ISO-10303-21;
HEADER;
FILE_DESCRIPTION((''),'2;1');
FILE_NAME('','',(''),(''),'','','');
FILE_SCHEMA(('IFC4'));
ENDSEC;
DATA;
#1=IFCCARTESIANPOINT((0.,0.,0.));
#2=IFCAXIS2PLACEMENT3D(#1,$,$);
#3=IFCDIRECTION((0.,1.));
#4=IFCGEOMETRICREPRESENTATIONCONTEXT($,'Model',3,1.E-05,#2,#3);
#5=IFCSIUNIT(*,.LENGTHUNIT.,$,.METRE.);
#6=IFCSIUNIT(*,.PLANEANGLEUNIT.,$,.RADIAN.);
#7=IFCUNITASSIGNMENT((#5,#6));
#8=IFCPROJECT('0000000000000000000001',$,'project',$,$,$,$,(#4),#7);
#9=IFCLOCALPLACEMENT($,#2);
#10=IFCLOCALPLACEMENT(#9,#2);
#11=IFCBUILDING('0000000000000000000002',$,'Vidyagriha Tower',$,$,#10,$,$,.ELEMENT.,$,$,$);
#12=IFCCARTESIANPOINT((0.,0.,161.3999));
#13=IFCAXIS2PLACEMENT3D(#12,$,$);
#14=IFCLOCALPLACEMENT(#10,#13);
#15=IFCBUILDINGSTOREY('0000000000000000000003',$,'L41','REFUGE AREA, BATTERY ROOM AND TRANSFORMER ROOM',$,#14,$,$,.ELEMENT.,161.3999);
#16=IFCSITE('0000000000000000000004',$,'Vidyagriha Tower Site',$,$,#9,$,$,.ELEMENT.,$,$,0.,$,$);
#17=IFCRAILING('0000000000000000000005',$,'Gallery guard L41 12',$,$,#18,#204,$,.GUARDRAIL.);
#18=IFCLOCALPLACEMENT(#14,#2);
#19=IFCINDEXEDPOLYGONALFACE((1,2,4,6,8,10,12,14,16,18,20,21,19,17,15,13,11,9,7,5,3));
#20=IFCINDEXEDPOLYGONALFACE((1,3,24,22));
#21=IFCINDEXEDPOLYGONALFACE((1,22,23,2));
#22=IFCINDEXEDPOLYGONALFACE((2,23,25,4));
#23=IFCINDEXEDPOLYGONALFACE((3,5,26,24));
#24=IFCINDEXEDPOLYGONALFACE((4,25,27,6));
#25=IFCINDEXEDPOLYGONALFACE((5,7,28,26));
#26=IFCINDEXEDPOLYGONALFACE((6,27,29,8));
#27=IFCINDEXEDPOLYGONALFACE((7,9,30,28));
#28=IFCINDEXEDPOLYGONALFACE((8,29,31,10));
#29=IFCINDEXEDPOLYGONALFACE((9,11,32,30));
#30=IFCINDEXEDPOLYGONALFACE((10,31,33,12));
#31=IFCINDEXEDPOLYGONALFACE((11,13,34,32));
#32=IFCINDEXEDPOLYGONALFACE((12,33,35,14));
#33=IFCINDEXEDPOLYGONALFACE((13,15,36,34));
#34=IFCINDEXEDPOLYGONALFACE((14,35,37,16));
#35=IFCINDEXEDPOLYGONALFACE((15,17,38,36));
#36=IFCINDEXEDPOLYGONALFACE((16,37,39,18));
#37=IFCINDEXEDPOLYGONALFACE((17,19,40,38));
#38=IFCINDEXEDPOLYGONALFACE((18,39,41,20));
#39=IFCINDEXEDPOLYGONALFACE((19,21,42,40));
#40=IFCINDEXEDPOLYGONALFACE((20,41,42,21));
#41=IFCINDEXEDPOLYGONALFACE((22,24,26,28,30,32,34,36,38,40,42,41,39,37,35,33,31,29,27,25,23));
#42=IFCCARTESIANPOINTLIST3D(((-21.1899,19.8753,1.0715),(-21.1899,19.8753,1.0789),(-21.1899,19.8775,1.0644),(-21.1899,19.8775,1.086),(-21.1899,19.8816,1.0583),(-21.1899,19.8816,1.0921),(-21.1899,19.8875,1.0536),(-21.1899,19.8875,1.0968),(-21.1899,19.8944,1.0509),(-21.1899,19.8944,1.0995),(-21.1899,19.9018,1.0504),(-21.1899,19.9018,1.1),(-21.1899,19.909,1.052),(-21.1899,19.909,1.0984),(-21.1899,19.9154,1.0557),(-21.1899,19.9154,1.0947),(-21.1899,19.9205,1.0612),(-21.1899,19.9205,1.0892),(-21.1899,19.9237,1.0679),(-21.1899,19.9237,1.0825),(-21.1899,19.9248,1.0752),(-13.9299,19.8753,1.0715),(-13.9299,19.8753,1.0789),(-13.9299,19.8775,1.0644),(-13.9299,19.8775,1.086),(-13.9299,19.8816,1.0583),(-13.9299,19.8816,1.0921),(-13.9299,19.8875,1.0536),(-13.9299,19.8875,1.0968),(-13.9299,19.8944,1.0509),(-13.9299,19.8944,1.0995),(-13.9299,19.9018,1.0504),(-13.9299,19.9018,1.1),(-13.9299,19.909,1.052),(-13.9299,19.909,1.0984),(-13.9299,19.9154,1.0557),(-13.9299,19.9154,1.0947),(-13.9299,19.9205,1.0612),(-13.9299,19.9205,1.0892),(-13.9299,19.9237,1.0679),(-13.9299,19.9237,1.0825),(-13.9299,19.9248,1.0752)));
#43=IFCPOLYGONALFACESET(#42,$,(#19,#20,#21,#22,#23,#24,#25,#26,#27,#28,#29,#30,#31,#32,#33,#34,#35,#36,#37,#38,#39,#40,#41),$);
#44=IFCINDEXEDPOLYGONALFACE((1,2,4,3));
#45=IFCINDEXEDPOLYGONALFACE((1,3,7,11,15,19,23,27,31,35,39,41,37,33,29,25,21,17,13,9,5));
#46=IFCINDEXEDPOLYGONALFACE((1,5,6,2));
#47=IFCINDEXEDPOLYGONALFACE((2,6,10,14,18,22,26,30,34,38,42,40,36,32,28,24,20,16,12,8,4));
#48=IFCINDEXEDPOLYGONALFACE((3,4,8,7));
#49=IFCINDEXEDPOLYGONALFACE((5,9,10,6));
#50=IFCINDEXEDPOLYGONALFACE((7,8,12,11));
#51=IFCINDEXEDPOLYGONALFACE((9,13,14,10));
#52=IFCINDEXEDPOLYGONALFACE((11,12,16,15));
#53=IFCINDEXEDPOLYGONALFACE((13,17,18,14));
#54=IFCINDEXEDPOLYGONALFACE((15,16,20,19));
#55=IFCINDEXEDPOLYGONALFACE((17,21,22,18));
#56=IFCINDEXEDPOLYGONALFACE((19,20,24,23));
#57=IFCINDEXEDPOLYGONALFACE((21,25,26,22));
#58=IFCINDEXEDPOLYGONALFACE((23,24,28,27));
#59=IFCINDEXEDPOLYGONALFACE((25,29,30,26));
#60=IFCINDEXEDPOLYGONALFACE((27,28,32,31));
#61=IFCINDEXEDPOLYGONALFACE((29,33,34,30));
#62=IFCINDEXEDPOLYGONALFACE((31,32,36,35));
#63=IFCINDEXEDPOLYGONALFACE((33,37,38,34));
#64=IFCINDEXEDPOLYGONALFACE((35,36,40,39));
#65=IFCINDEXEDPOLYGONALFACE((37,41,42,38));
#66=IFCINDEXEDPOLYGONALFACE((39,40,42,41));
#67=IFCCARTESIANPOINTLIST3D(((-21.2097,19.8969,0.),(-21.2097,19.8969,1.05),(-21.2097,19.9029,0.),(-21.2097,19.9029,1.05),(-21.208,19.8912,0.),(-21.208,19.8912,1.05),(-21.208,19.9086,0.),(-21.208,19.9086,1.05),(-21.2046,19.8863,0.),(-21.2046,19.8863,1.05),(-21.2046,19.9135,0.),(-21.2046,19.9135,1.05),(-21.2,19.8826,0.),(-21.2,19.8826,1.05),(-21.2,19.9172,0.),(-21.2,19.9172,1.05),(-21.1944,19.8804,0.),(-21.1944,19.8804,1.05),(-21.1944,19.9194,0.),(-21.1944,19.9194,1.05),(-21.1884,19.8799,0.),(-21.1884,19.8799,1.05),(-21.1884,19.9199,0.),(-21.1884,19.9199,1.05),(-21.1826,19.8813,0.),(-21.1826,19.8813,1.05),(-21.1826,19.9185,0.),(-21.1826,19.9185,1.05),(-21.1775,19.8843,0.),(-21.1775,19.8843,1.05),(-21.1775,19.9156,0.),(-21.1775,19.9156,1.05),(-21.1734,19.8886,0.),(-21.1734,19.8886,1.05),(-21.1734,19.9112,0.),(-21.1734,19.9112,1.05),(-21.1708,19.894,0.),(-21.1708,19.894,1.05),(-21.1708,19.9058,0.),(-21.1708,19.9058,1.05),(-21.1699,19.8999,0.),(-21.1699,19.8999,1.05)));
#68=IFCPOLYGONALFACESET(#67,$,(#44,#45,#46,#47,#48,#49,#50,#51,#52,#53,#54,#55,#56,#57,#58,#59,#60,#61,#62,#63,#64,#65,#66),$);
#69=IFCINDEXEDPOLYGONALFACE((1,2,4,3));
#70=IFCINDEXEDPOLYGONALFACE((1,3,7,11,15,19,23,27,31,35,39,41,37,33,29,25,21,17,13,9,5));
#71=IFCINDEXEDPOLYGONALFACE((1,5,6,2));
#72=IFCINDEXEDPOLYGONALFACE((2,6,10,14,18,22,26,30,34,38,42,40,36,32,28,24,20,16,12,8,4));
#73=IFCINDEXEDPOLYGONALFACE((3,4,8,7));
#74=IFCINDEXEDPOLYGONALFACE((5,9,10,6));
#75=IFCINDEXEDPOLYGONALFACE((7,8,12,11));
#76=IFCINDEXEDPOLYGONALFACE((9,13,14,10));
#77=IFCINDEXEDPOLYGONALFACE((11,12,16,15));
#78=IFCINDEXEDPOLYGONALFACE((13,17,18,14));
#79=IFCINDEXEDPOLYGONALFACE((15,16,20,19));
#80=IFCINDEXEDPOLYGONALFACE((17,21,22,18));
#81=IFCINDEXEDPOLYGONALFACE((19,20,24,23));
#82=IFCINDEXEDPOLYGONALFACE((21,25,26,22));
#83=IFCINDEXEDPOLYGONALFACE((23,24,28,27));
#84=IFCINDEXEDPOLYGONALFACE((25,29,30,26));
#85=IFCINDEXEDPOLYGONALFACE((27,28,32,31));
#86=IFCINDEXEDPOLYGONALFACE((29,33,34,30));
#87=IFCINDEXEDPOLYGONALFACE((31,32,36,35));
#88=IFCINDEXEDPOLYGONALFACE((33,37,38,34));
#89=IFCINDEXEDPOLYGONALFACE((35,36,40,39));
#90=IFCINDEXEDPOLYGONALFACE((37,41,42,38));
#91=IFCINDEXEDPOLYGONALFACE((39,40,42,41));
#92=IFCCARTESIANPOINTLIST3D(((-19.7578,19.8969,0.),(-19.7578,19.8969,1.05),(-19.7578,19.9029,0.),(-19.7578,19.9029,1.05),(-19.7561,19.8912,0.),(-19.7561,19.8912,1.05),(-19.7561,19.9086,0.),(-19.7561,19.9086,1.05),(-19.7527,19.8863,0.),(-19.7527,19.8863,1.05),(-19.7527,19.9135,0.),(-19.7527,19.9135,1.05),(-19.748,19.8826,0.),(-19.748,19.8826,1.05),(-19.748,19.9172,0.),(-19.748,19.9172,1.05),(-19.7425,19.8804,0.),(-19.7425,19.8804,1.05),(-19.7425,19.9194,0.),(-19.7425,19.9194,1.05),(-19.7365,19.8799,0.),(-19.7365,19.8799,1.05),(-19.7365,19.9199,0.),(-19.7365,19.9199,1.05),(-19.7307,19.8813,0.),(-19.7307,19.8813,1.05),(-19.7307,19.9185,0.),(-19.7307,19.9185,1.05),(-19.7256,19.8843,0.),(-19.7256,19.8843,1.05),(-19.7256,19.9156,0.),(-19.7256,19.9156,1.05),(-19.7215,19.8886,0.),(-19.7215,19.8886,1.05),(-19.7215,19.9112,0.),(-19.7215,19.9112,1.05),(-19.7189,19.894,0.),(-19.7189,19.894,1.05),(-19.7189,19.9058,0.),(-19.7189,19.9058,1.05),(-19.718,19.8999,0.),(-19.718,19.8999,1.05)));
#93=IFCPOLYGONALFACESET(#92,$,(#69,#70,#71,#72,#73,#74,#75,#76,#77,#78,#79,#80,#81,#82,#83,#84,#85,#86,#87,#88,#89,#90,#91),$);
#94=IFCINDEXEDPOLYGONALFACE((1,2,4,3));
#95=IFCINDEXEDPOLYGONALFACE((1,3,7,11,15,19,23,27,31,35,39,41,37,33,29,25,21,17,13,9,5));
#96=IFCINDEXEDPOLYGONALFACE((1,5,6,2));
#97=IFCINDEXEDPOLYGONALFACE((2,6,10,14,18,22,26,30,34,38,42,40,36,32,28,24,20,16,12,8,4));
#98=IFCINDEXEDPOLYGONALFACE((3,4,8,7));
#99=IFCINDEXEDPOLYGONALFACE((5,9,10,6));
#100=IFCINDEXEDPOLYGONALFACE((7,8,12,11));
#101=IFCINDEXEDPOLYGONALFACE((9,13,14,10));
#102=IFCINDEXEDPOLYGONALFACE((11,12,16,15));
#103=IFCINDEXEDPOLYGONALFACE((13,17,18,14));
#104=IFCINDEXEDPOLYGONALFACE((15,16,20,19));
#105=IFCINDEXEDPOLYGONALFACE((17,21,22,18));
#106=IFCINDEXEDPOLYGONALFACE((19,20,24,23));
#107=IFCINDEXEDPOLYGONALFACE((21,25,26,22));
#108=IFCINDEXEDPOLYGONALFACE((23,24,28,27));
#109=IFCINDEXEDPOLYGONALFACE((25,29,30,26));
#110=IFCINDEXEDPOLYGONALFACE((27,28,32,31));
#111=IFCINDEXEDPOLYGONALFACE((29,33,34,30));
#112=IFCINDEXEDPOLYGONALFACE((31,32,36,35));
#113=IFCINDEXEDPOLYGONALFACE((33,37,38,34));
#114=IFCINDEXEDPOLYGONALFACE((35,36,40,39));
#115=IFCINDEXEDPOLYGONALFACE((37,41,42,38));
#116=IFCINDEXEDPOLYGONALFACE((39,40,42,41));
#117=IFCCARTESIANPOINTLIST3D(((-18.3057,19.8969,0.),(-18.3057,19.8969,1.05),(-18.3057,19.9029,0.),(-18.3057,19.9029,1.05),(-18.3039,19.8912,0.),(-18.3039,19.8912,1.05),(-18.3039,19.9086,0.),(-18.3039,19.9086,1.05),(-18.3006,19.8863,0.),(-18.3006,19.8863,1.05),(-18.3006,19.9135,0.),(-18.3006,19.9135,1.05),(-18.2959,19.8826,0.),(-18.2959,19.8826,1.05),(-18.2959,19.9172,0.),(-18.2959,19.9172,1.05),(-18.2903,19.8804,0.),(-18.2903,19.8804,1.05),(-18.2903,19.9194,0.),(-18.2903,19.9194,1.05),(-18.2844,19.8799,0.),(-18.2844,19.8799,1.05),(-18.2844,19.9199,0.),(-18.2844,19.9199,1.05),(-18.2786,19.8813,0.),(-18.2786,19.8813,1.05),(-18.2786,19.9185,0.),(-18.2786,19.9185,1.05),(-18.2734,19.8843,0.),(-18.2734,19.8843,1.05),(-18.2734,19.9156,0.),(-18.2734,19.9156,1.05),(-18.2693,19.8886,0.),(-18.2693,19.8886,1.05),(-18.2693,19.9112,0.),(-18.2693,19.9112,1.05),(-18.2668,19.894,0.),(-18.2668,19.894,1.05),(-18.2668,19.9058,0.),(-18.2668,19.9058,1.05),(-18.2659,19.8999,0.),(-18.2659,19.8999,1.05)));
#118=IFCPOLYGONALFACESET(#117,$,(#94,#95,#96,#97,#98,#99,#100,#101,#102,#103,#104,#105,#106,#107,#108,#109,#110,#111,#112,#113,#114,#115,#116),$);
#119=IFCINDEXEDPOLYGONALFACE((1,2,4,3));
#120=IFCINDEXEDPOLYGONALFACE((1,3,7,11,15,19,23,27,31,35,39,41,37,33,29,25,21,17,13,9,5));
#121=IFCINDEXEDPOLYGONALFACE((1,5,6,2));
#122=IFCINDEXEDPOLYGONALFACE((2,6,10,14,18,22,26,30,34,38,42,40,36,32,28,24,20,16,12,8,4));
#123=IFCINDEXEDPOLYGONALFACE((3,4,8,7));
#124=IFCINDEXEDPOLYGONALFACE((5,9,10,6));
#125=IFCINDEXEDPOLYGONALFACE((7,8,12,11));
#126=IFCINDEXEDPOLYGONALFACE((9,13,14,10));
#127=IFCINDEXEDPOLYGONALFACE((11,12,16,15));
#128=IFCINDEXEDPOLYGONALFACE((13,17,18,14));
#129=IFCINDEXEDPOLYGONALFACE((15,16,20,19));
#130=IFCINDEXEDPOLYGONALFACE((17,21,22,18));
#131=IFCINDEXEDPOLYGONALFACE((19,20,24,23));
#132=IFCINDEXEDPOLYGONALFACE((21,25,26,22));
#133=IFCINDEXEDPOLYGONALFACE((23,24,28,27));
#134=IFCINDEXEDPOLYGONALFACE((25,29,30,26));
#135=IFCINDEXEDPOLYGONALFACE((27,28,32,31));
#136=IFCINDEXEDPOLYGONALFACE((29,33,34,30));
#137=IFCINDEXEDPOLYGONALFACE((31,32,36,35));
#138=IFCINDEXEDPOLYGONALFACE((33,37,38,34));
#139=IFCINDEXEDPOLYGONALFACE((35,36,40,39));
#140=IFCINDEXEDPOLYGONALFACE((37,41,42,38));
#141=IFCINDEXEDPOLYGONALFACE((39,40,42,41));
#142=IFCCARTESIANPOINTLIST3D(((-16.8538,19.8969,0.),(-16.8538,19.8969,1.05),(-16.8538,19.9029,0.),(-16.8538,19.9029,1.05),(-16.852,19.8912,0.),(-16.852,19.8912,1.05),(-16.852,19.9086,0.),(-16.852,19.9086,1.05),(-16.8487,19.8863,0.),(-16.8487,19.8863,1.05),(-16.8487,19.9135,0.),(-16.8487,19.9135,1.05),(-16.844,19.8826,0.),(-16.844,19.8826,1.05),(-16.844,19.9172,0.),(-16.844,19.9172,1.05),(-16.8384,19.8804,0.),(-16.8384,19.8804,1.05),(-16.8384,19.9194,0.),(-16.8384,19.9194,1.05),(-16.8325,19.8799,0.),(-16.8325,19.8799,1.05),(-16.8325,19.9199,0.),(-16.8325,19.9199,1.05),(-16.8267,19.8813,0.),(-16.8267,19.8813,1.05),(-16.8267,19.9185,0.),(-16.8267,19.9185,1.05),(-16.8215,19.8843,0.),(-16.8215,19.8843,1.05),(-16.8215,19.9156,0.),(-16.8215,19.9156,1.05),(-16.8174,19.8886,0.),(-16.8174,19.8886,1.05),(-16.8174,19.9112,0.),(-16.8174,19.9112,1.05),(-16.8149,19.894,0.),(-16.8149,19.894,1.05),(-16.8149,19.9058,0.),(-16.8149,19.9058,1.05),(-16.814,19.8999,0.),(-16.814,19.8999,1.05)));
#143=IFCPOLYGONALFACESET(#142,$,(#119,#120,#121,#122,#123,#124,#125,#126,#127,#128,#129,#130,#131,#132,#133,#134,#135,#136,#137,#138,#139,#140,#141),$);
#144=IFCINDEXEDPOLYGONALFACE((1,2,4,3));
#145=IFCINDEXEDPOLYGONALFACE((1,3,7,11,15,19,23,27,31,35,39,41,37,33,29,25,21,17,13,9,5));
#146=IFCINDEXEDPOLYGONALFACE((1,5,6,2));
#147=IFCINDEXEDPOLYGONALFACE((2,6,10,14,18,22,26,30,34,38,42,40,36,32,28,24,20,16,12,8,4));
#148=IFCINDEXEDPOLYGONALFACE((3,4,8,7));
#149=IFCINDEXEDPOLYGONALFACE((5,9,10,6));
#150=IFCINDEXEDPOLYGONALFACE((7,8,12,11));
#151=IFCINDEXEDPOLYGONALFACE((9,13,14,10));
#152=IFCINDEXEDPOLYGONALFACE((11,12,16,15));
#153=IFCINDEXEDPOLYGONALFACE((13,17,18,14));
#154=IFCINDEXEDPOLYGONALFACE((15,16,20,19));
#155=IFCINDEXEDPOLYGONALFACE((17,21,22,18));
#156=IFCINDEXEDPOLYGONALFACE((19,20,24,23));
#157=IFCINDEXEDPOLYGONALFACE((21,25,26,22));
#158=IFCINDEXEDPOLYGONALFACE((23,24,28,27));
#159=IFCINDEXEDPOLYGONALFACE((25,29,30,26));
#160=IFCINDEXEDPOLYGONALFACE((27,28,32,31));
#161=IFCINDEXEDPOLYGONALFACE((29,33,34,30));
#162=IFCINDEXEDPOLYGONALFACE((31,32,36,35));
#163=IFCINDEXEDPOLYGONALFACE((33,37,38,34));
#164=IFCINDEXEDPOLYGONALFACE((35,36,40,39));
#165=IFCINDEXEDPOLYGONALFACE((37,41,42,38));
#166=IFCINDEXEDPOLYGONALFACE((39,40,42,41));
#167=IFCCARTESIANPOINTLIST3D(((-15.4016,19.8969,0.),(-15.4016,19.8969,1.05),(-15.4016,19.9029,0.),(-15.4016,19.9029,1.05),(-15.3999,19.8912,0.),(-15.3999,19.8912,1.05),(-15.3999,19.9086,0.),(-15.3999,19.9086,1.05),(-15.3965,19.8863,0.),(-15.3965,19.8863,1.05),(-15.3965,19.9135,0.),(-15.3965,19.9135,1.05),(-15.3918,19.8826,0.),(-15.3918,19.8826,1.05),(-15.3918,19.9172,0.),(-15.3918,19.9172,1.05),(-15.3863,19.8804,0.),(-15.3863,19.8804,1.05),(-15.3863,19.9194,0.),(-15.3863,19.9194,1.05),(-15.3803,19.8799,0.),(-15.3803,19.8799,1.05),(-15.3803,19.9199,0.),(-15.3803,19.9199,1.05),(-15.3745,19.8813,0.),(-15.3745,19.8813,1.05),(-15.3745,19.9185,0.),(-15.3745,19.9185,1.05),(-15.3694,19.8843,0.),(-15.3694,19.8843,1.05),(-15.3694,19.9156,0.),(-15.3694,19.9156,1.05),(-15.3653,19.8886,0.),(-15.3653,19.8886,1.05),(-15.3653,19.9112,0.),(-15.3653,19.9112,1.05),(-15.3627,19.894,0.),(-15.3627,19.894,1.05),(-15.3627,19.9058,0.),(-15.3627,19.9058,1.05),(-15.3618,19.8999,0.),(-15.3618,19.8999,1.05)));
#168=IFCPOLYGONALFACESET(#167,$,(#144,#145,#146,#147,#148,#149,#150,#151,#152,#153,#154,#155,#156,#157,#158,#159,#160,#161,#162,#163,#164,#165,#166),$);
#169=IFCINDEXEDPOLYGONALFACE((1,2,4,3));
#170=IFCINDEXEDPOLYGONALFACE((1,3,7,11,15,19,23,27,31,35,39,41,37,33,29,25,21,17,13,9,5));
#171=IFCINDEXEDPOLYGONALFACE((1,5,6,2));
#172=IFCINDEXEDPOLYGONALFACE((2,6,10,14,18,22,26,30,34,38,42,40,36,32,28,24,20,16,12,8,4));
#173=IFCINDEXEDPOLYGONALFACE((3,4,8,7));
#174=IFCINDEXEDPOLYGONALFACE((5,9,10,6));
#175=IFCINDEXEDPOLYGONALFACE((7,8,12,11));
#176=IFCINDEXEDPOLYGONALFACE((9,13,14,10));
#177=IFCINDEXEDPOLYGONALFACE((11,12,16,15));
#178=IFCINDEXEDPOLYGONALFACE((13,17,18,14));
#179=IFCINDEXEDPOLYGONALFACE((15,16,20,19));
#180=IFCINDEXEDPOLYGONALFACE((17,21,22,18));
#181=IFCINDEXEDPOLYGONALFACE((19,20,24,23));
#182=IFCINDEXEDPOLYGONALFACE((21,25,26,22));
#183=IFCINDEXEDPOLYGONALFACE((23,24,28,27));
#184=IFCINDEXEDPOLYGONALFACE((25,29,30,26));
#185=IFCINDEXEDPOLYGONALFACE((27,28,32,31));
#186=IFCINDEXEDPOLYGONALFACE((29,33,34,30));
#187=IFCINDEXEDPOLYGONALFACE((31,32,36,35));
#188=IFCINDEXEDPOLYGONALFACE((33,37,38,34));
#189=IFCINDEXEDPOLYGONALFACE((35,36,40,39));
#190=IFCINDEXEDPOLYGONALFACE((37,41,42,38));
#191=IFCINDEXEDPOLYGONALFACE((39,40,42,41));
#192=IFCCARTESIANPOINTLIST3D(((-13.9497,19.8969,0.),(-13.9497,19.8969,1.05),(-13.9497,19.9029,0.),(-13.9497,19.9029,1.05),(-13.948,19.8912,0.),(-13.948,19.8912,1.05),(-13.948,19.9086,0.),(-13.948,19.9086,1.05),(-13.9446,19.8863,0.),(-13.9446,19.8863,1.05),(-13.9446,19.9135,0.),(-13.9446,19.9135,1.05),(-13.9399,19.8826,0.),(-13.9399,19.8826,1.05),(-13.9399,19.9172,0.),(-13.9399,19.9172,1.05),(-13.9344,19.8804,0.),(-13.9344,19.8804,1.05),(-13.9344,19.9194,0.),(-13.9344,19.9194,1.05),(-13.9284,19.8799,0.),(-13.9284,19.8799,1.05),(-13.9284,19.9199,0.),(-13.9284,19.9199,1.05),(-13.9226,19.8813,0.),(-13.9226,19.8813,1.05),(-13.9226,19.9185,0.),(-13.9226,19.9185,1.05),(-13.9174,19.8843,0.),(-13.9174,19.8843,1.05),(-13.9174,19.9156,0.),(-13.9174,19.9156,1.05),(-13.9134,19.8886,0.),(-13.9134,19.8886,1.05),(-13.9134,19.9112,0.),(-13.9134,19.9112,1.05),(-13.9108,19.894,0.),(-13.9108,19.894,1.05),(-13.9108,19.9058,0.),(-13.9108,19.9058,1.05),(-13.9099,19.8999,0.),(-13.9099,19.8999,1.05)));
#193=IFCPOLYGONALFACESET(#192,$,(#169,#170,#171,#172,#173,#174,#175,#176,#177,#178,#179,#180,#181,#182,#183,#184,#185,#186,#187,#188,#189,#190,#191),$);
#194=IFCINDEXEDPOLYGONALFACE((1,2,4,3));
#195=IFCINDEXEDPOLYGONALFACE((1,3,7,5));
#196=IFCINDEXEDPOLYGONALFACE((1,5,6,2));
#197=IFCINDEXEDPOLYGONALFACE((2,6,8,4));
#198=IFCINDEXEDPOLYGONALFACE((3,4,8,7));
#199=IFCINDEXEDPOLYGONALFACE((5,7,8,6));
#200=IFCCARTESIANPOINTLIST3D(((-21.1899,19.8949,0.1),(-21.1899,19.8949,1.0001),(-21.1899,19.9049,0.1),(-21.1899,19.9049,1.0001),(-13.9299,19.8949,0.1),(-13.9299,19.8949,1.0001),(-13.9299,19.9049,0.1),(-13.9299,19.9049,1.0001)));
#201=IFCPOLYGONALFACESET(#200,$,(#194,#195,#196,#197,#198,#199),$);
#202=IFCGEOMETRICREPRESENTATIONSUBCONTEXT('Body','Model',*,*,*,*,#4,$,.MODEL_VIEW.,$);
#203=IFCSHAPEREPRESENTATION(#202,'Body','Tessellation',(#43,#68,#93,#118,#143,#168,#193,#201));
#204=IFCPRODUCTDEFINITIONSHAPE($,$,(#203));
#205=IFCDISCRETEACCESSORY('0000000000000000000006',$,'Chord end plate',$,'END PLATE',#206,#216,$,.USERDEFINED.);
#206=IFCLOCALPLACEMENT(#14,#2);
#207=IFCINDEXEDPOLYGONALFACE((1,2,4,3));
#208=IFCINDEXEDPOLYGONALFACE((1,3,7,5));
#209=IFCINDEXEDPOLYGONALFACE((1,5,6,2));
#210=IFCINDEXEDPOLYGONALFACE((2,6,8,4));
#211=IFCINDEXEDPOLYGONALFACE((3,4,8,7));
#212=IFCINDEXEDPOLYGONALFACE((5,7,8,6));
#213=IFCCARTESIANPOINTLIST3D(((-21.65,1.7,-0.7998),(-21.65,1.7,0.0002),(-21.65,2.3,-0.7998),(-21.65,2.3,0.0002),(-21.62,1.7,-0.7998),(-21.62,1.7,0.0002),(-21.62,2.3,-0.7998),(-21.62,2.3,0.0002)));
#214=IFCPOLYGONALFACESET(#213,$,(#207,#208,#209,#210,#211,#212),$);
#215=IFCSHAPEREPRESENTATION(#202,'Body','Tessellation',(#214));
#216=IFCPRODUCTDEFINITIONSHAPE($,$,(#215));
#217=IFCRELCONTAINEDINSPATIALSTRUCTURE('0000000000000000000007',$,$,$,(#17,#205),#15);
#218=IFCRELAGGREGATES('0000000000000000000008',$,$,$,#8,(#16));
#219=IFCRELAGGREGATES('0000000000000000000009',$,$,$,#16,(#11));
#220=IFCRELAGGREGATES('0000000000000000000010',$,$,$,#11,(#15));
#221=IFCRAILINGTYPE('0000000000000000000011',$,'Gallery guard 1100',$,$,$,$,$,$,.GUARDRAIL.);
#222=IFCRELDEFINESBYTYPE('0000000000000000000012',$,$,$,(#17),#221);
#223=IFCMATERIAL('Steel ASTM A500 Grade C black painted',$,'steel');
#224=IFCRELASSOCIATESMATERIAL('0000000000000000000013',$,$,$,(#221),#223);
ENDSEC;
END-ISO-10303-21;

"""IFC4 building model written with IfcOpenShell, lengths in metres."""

from ifc_helpers import new_model, si_unit, direction, frame, origin, origin_2d, place, context, subcontext, project, spatial, rectangle, circle, extrude, material, type_object, element, save


model = new_model("IFC4")

# Units and contexts
model_context = context("Model", 3, precision=1e-05, world=origin(), true_north=direction((0.0, 1.0)))
body_context = subcontext(model_context, "Body", "Model", "MODEL_VIEW")
ifc_project = project(units=[si_unit("LENGTHUNIT", "METRE"), si_unit("PLANEANGLEUNIT", "RADIAN")], contexts=[model_context])

# Site, building, storey
site_placement = place(None, origin())
site = spatial("IfcSite", under=ifc_project, at=site_placement, Name="Vidyagriha Tower Site", CompositionType="ELEMENT", RefElevation=0.0)
building_placement = place(site_placement, origin())
building = spatial("IfcBuilding", under=site, at=building_placement, Name="Vidyagriha Tower", CompositionType="ELEMENT")
storey_placement = place(building_placement, frame((0.0, 0.0, 161.3999)))
storey = spatial("IfcBuildingStorey", under=building, at=storey_placement, Name="L41", Description="REFUGE AREA, BATTERY ROOM AND TRANSFORMER ROOM", CompositionType="ELEMENT", Elevation=161.3999)

# Railing
ifc_material_1 = material(Name="Steel ASTM A500 Grade C black painted", Category="steel")
railing_type = type_object("IfcRailingType", Name="Gallery guard 1100", PredefinedType="GUARDRAIL", material=ifc_material_1)
railing_placement = place(storey_placement, frame((-21.1899, 19.8999, 0.0)))
element("IfcRailing", 1, at=railing_placement, inside=storey, type_object=railing_type, Name="Gallery guard L41 12", PredefinedType="GUARDRAIL", context=body_context, shape_type="SweptSolid", body=[
    extrude(circle(Radius=0.0249, at=origin_2d()), frame((0.0, 0.0, 1.0752), z_axis=(1.0, 0.0, 0.0), x_axis=(0.0, 1.0, 0.0)), (0.0, 0.0, 1.0), 7.26),
    extrude(circle(Radius=0.02, at=origin_2d()), origin(), (0.0, 0.0, 1.0), 1.05),
    extrude(circle(Radius=0.02, at=origin_2d()), frame((1.4519, 0.0, 0.0)), (0.0, 0.0, 1.0), 1.05),
    extrude(circle(Radius=0.02, at=origin_2d()), frame((2.9041, 0.0, 0.0)), (0.0, 0.0, 1.0), 1.05),
    extrude(circle(Radius=0.02, at=origin_2d()), frame((4.356, 0.0, 0.0)), (0.0, 0.0, 1.0), 1.05),
    extrude(circle(Radius=0.02, at=origin_2d()), frame((5.8081, 0.0, 0.0)), (0.0, 0.0, 1.0), 1.05),
    extrude(circle(Radius=0.02, at=origin_2d()), frame((7.26, 0.0, 0.0)), (0.0, 0.0, 1.0), 1.05),
    extrude(rectangle(XDim=0.01, YDim=0.9001, at=origin_2d()), frame((0.0, 0.0, 0.55), z_axis=(1.0, 0.0, 0.0), x_axis=(0.0, 1.0, 0.0)), (0.0, 0.0, 1.0), 7.26),
])

# Discrete accessory
for number, where, name in (
    (2, (-21.635, 2.0, -0.7998), "Chord end plate"),
):
    element("IfcDiscreteAccessory", number, at=place(storey_placement, frame(where)), inside=storey, Name=name, ObjectType="END PLATE", PredefinedType="USERDEFINED", context=body_context, shape_type="SweptSolid", body=[
        extrude(rectangle(XDim=0.03, YDim=0.6001, at=origin_2d()), origin(), (0.0, 0.0, 1.0), 0.8),
    ])

save(model, "model.ifc")
